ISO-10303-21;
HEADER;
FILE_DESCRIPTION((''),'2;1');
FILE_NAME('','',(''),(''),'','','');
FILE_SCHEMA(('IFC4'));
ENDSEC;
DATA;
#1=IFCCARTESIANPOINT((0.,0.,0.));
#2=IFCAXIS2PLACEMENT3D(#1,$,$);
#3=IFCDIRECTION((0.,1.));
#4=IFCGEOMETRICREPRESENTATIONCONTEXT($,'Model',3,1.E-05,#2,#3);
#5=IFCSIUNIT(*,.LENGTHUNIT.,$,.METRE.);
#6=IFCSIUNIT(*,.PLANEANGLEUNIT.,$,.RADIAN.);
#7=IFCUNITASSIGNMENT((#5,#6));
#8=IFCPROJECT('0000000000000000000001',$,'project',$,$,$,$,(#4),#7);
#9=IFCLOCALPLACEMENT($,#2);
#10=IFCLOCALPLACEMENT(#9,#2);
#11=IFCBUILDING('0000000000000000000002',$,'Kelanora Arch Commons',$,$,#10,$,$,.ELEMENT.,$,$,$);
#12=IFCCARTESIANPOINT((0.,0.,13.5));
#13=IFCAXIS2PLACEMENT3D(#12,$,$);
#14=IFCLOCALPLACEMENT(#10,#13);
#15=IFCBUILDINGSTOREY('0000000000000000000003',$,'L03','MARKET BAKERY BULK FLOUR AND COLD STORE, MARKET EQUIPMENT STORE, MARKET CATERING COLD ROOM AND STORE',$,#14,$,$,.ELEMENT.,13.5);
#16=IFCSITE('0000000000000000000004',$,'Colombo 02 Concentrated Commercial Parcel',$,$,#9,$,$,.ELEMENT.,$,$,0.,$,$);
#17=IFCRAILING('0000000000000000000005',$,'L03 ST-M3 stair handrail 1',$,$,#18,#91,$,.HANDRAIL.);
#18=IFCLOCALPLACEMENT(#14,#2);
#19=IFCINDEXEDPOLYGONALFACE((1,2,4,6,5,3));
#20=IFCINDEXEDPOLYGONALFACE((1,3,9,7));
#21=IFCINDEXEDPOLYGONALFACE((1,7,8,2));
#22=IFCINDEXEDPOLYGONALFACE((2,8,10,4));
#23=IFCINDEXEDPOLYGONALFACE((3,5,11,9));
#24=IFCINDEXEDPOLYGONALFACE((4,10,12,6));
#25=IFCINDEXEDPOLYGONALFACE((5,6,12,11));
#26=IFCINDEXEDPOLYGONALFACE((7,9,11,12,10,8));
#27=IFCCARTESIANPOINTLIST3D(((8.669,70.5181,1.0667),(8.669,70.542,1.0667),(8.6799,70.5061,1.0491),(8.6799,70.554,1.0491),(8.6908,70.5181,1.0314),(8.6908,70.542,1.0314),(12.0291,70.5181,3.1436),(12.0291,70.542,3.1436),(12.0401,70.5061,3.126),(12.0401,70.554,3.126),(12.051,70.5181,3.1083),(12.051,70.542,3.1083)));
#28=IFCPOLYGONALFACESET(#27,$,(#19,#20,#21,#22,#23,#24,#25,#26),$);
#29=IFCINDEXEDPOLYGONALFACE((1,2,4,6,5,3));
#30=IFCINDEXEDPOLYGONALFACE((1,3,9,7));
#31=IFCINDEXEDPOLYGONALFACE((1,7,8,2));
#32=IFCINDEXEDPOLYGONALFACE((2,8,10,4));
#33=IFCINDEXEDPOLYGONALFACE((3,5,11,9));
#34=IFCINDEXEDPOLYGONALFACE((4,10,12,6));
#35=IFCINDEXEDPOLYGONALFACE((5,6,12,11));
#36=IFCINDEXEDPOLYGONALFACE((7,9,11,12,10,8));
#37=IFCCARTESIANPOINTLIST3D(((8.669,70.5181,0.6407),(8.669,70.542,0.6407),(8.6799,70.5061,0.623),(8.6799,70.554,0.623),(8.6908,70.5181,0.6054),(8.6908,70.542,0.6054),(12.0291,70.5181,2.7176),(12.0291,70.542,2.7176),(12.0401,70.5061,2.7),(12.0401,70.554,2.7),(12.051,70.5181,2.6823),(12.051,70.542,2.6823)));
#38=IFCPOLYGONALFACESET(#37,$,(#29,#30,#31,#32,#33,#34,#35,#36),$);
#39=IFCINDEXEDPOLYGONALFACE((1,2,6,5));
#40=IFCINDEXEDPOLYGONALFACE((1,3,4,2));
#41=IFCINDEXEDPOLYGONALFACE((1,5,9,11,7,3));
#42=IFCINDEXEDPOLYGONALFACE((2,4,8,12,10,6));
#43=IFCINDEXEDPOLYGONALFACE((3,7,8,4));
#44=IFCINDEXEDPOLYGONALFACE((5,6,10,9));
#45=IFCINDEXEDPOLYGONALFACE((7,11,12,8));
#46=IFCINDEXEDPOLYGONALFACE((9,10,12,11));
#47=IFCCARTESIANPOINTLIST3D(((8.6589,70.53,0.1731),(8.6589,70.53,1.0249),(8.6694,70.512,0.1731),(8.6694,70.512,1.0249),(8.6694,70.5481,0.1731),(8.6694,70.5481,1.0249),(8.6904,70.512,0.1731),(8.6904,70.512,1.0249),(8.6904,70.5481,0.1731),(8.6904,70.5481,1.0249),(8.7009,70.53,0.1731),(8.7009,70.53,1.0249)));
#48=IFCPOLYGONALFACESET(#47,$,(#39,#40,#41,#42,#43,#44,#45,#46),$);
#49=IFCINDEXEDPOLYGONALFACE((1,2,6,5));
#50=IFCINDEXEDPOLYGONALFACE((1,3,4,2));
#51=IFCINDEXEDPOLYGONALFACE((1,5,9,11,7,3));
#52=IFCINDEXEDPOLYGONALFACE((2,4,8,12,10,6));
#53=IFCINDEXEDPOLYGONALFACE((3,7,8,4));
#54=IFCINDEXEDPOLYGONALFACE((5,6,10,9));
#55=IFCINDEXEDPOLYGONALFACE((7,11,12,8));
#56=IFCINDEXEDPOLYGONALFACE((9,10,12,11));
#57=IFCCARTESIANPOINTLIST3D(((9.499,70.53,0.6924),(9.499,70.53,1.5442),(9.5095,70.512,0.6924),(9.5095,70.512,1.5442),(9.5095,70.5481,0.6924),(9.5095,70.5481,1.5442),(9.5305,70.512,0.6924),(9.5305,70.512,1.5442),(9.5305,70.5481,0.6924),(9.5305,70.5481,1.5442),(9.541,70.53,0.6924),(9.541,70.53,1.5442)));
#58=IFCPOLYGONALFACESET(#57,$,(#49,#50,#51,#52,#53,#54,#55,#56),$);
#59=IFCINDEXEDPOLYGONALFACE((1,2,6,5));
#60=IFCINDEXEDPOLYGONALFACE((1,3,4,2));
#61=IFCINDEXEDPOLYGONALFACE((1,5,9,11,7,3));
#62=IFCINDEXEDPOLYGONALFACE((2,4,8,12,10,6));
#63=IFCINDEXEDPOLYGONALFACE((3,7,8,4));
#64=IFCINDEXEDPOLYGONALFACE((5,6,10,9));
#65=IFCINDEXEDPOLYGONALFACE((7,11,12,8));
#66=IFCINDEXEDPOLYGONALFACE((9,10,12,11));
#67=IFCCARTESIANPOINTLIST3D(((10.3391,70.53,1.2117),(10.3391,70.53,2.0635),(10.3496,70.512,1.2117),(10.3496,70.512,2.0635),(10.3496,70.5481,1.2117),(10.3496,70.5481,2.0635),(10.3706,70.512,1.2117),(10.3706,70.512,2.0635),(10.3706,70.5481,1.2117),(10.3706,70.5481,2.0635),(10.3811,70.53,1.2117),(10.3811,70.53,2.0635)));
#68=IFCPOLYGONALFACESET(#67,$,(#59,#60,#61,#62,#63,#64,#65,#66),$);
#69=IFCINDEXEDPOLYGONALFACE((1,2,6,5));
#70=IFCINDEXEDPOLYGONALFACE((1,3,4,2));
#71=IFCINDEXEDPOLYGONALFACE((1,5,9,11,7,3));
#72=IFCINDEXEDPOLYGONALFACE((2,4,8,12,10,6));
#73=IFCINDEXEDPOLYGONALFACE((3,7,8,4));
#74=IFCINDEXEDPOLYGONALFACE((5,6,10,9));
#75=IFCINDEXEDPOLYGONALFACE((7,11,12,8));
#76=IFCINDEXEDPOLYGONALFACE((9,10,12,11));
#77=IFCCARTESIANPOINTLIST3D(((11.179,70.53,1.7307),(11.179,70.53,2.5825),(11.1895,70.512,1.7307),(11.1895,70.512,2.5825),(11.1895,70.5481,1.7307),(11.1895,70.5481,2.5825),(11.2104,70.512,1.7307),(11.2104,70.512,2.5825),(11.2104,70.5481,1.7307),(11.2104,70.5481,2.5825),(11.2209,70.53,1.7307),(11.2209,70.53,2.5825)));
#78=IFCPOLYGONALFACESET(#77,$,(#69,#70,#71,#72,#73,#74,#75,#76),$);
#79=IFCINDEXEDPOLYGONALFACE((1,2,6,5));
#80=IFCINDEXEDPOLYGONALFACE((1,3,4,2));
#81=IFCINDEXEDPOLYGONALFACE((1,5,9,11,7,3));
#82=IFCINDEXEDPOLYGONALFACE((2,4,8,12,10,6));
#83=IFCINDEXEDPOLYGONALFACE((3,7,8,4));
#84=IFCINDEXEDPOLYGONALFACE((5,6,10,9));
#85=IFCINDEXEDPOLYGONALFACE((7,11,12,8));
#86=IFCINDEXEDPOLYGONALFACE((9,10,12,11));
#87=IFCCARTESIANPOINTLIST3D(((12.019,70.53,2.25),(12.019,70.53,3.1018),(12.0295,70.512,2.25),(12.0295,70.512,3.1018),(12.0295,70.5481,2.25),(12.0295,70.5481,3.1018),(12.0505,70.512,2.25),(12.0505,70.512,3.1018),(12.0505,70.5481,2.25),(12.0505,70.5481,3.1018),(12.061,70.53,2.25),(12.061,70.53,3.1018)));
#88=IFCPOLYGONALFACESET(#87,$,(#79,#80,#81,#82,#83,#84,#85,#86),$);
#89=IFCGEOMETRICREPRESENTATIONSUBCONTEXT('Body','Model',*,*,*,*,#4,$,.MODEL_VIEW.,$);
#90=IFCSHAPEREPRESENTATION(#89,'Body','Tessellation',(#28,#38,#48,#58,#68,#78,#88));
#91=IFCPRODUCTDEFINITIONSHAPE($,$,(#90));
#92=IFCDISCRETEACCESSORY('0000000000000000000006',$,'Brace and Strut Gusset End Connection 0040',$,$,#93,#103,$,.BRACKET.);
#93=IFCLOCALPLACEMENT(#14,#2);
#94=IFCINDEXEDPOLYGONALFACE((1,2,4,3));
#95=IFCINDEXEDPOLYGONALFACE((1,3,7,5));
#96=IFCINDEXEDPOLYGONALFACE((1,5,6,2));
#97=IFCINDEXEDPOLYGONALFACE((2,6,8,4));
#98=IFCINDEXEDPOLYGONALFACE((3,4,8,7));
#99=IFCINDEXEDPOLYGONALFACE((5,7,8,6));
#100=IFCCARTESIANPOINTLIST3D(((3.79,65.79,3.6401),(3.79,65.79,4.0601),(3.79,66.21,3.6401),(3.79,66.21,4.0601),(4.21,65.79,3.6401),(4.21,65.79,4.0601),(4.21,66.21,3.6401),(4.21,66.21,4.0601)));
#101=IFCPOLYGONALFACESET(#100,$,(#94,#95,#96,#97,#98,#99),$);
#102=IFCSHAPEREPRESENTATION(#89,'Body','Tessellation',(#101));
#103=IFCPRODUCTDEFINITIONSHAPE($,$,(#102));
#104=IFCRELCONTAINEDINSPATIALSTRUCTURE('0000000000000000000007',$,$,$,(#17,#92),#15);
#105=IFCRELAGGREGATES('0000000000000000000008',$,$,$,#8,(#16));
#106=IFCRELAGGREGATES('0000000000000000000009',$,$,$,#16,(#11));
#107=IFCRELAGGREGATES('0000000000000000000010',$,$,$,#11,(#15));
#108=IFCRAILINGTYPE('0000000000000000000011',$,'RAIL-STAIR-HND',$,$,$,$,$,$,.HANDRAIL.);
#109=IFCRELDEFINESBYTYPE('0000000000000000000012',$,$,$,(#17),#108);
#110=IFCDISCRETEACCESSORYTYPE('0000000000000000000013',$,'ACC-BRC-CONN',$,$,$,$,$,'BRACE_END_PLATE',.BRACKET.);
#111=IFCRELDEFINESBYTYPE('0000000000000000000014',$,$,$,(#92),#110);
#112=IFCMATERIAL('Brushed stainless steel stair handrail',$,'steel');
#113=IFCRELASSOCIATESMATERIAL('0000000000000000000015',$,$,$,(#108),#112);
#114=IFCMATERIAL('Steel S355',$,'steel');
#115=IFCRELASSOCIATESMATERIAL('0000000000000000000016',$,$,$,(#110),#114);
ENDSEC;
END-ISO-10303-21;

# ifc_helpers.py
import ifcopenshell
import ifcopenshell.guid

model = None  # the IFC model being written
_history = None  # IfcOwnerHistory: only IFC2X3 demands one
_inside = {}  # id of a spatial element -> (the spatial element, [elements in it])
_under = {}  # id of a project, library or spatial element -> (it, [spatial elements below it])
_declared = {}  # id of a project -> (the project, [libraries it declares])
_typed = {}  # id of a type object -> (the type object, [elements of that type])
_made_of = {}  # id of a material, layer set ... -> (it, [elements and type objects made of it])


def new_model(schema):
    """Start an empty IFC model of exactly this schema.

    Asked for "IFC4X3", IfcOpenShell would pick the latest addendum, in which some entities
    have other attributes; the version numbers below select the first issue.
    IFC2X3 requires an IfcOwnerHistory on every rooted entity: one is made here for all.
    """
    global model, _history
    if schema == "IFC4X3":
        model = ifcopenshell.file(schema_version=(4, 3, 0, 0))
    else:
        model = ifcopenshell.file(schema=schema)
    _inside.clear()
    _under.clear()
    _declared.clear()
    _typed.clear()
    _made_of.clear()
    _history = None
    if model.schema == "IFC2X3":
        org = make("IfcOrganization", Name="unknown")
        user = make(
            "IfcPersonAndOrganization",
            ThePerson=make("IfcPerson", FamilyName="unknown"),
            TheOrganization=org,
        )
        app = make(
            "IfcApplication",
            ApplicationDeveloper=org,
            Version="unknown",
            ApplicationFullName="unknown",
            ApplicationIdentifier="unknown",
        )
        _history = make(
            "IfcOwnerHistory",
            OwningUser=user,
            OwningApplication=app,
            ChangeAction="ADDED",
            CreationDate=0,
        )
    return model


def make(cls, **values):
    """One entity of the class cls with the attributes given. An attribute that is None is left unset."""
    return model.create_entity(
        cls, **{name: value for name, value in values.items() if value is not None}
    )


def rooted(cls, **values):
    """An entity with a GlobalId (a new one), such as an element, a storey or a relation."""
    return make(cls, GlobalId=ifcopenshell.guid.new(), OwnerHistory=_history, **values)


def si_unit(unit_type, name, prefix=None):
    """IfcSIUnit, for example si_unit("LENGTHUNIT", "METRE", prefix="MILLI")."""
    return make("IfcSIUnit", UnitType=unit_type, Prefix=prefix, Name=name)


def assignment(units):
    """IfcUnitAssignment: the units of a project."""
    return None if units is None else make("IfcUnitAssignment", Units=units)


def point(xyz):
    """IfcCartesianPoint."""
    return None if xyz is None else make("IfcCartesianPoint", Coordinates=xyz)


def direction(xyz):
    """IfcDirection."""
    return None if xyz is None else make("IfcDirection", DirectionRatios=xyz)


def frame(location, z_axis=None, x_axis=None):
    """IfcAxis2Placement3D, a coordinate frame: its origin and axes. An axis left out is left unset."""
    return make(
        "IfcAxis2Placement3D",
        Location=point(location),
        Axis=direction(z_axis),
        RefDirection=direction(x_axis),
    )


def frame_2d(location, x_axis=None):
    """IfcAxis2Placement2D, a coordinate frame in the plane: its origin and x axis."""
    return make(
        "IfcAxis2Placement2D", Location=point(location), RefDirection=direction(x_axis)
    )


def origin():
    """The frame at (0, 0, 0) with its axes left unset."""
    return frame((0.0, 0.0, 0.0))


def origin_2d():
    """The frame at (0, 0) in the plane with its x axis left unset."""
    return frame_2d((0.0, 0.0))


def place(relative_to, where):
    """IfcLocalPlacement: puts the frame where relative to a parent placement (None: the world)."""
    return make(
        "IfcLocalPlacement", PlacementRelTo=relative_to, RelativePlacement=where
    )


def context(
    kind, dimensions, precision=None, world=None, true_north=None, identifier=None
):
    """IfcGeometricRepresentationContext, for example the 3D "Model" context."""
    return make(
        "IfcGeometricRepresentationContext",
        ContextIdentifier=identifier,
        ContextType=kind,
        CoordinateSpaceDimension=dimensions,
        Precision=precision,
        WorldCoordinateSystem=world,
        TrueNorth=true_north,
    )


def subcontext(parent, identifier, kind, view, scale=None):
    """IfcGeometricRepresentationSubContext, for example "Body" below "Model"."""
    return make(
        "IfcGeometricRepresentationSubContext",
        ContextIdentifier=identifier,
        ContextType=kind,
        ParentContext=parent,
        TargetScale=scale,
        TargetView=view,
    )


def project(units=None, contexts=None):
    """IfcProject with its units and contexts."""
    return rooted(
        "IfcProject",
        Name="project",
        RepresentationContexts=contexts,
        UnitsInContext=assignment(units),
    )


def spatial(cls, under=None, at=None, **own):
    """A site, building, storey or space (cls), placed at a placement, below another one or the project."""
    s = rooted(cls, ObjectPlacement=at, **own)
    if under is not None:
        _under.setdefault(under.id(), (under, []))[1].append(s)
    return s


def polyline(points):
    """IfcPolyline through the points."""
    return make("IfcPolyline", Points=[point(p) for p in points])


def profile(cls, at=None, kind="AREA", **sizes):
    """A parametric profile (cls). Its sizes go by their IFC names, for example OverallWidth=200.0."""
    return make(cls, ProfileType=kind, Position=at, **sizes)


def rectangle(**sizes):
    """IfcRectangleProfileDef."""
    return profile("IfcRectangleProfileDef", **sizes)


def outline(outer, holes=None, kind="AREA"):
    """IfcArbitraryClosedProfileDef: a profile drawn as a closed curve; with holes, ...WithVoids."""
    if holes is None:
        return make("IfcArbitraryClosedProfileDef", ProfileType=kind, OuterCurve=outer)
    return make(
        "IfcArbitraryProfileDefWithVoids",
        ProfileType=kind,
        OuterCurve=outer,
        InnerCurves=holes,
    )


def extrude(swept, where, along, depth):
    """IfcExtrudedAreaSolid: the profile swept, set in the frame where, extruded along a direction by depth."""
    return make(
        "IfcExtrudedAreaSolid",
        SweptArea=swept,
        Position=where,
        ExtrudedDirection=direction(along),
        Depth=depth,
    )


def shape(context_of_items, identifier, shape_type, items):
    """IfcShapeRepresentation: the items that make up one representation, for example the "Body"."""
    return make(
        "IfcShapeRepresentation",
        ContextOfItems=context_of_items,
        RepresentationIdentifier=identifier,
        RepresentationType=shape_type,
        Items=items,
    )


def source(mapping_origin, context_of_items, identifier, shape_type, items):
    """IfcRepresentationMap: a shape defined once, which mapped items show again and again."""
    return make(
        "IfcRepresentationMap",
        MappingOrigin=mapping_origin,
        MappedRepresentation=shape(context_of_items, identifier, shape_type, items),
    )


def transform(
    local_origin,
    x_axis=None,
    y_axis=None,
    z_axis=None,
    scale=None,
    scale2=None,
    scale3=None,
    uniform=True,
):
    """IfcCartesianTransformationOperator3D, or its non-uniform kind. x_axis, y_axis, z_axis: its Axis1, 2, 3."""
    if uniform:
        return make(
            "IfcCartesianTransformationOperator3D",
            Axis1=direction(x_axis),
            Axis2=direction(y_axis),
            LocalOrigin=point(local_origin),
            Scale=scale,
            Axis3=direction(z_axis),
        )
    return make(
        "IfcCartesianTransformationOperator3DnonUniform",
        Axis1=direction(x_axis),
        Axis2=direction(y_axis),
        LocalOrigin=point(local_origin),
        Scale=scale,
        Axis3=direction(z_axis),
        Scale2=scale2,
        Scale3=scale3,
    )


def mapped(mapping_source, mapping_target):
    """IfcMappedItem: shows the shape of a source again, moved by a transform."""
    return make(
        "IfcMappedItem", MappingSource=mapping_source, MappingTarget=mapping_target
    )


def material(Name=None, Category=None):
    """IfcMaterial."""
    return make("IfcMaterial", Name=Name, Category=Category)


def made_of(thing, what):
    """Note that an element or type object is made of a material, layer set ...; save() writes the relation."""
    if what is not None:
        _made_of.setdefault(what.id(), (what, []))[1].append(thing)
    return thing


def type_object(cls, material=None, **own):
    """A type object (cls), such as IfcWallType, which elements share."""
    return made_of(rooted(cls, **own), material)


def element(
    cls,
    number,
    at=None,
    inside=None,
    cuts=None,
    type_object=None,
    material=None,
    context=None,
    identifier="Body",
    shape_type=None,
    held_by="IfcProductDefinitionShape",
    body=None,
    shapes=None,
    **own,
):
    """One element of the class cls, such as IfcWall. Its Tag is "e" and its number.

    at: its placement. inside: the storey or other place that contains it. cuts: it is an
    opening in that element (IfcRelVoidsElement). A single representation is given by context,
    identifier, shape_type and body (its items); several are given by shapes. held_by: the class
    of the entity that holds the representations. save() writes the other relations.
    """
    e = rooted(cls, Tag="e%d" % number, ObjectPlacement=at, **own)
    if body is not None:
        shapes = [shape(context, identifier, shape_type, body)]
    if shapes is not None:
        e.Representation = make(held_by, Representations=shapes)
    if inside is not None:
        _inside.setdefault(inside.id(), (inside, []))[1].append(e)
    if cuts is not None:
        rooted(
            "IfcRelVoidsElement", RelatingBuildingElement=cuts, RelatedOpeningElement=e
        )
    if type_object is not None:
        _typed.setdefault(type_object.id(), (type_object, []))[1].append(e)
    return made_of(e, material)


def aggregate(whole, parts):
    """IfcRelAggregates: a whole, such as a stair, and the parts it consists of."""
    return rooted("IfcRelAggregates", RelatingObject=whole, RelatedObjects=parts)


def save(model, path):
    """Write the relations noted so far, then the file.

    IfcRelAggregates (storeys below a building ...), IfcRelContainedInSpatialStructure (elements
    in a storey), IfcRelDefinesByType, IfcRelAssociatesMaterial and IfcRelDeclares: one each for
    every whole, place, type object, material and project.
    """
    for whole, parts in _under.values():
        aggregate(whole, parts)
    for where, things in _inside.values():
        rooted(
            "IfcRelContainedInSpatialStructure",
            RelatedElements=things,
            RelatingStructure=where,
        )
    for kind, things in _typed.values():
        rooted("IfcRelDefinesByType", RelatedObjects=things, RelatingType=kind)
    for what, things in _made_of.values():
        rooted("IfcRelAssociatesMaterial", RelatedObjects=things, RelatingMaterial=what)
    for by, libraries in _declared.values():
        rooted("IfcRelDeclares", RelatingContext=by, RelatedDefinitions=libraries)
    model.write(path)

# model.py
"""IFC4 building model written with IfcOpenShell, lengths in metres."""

from ifc_helpers import new_model, si_unit, direction, frame, origin, origin_2d, place, context, subcontext, project, spatial, polyline, rectangle, outline, extrude, source, transform, mapped, material, type_object, element, save


model = new_model("IFC4")

# Units and contexts
model_context = context("Model", 3, precision=1e-05, world=origin(), true_north=direction((0.0, 1.0)))
body_context = subcontext(model_context, "Body", "Model", "MODEL_VIEW")
ifc_project = project(units=[si_unit("LENGTHUNIT", "METRE"), si_unit("PLANEANGLEUNIT", "RADIAN")], contexts=[model_context])

# Site, building, storey
site_placement = place(None, origin())
site = spatial("IfcSite", under=ifc_project, at=site_placement, Name="Colombo 02 Concentrated Commercial Parcel", CompositionType="ELEMENT", RefElevation=0.0)
building_placement = place(site_placement, origin())
building = spatial("IfcBuilding", under=site, at=building_placement, Name="Kelanora Arch Commons", CompositionType="ELEMENT")
storey_placement = place(building_placement, frame((0.0, 0.0, 13.5)))
storey = spatial("IfcBuildingStorey", under=building, at=storey_placement, Name="L03", Description="MARKET BAKERY BULK FLOUR AND COLD STORE, MARKET EQUIPMENT STORE, MARKET CATERING COLD ROOM AND STORE", CompositionType="ELEMENT", Elevation=13.5)

# Railing
ifc_material_1 = material(Name="Brushed stainless steel stair handrail", Category="steel")
railing_type_1 = type_object("IfcRailingType", Name="RAIL-STAIR-HND", PredefinedType="HANDRAIL", material=ifc_material_1)
railing_1_placement = place(storey_placement, frame((8.6799, 70.53, 0.1731)))
element("IfcRailing", 1, at=railing_1_placement, inside=storey, type_object=railing_type_1, Name="L03 ST-M3 stair handrail 1", PredefinedType="HANDRAIL", context=body_context, shape_type="SweptSolid", body=[
    extrude(outline(polyline([(0.0239, 0.0), (0.012, 0.0208), (-0.012, 0.0208), (-0.0239, 0.0), (-0.012, -0.0208), (0.012, -0.0208), (0.0239, 0.0)])), frame((0.0, 0.0, 0.876), z_axis=(0.850623, 0.0, 0.525776), x_axis=(0.0, 1.0, 0.0)), (0.0, 0.0, 1.0), 3.9502),
    extrude(outline(polyline([(0.0239, 0.0), (0.012, 0.0208), (-0.012, 0.0208), (-0.0239, 0.0), (-0.012, -0.0208), (0.012, -0.0208), (0.0239, 0.0)])), frame((0.0, 0.0, 0.45), z_axis=(0.850623, 0.0, 0.525776), x_axis=(0.0, 1.0, 0.0)), (0.0, 0.0, 1.0), 3.9502),
    extrude(outline(polyline([(0.021, 0.0), (0.0105, 0.0181), (-0.0105, 0.0181), (-0.021, 0.0), (-0.0105, -0.0181), (0.0105, -0.0181), (0.021, 0.0)])), origin(), (0.0, 0.0, 1.0), 0.8518),
    extrude(outline(polyline([(0.021, 0.0), (0.0105, 0.0181), (-0.0105, 0.0181), (-0.021, 0.0), (-0.0105, -0.0181), (0.0105, -0.0181), (0.021, 0.0)])), frame((0.8401, 0.0, 0.5193)), (0.0, 0.0, 1.0), 0.8518),
    extrude(outline(polyline([(0.021, 0.0), (0.0105, 0.0181), (-0.0105, 0.0181), (-0.021, 0.0), (-0.0105, -0.0181), (0.0105, -0.0181), (0.021, 0.0)])), frame((1.6802, 0.0, 1.0386)), (0.0, 0.0, 1.0), 0.8518),
    extrude(outline(polyline([(0.021, 0.0), (0.0105, 0.0181), (-0.0105, 0.0181), (-0.021, 0.0), (-0.0105, -0.0181), (0.0105, -0.0181), (0.021, 0.0)])), frame((2.52, 0.0, 1.5576)), (0.0, 0.0, 1.0), 0.8518),
    extrude(outline(polyline([(0.021, 0.0), (0.0105, 0.0181), (-0.0105, 0.0181), (-0.021, 0.0), (-0.0105, -0.0181), (0.0105, -0.0181), (0.021, 0.0)])), frame((3.3601, 0.0, 2.0769)), (0.0, 0.0, 1.0), 0.8518),
])

# Discrete accessory
ifc_material_2 = material(Name="Steel S355", Category="steel")
discrete_accessory_type = type_object("IfcDiscreteAccessoryType", Name="ACC-BRC-CONN", ElementType="BRACE_END_PLATE", PredefinedType="BRACKET", material=ifc_material_2)
shared_shape = source(origin(), body_context, "Body", "SweptSolid", [
    extrude(rectangle(XDim=0.4199, YDim=0.4199, at=origin_2d()), origin(), (0.0, 0.0, 1.0), 0.4199),
])
discrete_accessory_placement = place(storey_placement, frame((4.0, 66.0, 3.6401), z_axis=(0.0, 0.0, 1.0), x_axis=(0.0, 1.0, 0.0)))
element("IfcDiscreteAccessory", 2, at=discrete_accessory_placement, inside=storey, type_object=discrete_accessory_type, Name="Brace and Strut Gusset End Connection 0040", PredefinedType="BRACKET", context=body_context, shape_type="MappedRepresentation", body=[
    mapped(shared_shape, transform((0.0, 0.0, 0.0), scale=1.0)),
])

save(model, "model.ifc")
